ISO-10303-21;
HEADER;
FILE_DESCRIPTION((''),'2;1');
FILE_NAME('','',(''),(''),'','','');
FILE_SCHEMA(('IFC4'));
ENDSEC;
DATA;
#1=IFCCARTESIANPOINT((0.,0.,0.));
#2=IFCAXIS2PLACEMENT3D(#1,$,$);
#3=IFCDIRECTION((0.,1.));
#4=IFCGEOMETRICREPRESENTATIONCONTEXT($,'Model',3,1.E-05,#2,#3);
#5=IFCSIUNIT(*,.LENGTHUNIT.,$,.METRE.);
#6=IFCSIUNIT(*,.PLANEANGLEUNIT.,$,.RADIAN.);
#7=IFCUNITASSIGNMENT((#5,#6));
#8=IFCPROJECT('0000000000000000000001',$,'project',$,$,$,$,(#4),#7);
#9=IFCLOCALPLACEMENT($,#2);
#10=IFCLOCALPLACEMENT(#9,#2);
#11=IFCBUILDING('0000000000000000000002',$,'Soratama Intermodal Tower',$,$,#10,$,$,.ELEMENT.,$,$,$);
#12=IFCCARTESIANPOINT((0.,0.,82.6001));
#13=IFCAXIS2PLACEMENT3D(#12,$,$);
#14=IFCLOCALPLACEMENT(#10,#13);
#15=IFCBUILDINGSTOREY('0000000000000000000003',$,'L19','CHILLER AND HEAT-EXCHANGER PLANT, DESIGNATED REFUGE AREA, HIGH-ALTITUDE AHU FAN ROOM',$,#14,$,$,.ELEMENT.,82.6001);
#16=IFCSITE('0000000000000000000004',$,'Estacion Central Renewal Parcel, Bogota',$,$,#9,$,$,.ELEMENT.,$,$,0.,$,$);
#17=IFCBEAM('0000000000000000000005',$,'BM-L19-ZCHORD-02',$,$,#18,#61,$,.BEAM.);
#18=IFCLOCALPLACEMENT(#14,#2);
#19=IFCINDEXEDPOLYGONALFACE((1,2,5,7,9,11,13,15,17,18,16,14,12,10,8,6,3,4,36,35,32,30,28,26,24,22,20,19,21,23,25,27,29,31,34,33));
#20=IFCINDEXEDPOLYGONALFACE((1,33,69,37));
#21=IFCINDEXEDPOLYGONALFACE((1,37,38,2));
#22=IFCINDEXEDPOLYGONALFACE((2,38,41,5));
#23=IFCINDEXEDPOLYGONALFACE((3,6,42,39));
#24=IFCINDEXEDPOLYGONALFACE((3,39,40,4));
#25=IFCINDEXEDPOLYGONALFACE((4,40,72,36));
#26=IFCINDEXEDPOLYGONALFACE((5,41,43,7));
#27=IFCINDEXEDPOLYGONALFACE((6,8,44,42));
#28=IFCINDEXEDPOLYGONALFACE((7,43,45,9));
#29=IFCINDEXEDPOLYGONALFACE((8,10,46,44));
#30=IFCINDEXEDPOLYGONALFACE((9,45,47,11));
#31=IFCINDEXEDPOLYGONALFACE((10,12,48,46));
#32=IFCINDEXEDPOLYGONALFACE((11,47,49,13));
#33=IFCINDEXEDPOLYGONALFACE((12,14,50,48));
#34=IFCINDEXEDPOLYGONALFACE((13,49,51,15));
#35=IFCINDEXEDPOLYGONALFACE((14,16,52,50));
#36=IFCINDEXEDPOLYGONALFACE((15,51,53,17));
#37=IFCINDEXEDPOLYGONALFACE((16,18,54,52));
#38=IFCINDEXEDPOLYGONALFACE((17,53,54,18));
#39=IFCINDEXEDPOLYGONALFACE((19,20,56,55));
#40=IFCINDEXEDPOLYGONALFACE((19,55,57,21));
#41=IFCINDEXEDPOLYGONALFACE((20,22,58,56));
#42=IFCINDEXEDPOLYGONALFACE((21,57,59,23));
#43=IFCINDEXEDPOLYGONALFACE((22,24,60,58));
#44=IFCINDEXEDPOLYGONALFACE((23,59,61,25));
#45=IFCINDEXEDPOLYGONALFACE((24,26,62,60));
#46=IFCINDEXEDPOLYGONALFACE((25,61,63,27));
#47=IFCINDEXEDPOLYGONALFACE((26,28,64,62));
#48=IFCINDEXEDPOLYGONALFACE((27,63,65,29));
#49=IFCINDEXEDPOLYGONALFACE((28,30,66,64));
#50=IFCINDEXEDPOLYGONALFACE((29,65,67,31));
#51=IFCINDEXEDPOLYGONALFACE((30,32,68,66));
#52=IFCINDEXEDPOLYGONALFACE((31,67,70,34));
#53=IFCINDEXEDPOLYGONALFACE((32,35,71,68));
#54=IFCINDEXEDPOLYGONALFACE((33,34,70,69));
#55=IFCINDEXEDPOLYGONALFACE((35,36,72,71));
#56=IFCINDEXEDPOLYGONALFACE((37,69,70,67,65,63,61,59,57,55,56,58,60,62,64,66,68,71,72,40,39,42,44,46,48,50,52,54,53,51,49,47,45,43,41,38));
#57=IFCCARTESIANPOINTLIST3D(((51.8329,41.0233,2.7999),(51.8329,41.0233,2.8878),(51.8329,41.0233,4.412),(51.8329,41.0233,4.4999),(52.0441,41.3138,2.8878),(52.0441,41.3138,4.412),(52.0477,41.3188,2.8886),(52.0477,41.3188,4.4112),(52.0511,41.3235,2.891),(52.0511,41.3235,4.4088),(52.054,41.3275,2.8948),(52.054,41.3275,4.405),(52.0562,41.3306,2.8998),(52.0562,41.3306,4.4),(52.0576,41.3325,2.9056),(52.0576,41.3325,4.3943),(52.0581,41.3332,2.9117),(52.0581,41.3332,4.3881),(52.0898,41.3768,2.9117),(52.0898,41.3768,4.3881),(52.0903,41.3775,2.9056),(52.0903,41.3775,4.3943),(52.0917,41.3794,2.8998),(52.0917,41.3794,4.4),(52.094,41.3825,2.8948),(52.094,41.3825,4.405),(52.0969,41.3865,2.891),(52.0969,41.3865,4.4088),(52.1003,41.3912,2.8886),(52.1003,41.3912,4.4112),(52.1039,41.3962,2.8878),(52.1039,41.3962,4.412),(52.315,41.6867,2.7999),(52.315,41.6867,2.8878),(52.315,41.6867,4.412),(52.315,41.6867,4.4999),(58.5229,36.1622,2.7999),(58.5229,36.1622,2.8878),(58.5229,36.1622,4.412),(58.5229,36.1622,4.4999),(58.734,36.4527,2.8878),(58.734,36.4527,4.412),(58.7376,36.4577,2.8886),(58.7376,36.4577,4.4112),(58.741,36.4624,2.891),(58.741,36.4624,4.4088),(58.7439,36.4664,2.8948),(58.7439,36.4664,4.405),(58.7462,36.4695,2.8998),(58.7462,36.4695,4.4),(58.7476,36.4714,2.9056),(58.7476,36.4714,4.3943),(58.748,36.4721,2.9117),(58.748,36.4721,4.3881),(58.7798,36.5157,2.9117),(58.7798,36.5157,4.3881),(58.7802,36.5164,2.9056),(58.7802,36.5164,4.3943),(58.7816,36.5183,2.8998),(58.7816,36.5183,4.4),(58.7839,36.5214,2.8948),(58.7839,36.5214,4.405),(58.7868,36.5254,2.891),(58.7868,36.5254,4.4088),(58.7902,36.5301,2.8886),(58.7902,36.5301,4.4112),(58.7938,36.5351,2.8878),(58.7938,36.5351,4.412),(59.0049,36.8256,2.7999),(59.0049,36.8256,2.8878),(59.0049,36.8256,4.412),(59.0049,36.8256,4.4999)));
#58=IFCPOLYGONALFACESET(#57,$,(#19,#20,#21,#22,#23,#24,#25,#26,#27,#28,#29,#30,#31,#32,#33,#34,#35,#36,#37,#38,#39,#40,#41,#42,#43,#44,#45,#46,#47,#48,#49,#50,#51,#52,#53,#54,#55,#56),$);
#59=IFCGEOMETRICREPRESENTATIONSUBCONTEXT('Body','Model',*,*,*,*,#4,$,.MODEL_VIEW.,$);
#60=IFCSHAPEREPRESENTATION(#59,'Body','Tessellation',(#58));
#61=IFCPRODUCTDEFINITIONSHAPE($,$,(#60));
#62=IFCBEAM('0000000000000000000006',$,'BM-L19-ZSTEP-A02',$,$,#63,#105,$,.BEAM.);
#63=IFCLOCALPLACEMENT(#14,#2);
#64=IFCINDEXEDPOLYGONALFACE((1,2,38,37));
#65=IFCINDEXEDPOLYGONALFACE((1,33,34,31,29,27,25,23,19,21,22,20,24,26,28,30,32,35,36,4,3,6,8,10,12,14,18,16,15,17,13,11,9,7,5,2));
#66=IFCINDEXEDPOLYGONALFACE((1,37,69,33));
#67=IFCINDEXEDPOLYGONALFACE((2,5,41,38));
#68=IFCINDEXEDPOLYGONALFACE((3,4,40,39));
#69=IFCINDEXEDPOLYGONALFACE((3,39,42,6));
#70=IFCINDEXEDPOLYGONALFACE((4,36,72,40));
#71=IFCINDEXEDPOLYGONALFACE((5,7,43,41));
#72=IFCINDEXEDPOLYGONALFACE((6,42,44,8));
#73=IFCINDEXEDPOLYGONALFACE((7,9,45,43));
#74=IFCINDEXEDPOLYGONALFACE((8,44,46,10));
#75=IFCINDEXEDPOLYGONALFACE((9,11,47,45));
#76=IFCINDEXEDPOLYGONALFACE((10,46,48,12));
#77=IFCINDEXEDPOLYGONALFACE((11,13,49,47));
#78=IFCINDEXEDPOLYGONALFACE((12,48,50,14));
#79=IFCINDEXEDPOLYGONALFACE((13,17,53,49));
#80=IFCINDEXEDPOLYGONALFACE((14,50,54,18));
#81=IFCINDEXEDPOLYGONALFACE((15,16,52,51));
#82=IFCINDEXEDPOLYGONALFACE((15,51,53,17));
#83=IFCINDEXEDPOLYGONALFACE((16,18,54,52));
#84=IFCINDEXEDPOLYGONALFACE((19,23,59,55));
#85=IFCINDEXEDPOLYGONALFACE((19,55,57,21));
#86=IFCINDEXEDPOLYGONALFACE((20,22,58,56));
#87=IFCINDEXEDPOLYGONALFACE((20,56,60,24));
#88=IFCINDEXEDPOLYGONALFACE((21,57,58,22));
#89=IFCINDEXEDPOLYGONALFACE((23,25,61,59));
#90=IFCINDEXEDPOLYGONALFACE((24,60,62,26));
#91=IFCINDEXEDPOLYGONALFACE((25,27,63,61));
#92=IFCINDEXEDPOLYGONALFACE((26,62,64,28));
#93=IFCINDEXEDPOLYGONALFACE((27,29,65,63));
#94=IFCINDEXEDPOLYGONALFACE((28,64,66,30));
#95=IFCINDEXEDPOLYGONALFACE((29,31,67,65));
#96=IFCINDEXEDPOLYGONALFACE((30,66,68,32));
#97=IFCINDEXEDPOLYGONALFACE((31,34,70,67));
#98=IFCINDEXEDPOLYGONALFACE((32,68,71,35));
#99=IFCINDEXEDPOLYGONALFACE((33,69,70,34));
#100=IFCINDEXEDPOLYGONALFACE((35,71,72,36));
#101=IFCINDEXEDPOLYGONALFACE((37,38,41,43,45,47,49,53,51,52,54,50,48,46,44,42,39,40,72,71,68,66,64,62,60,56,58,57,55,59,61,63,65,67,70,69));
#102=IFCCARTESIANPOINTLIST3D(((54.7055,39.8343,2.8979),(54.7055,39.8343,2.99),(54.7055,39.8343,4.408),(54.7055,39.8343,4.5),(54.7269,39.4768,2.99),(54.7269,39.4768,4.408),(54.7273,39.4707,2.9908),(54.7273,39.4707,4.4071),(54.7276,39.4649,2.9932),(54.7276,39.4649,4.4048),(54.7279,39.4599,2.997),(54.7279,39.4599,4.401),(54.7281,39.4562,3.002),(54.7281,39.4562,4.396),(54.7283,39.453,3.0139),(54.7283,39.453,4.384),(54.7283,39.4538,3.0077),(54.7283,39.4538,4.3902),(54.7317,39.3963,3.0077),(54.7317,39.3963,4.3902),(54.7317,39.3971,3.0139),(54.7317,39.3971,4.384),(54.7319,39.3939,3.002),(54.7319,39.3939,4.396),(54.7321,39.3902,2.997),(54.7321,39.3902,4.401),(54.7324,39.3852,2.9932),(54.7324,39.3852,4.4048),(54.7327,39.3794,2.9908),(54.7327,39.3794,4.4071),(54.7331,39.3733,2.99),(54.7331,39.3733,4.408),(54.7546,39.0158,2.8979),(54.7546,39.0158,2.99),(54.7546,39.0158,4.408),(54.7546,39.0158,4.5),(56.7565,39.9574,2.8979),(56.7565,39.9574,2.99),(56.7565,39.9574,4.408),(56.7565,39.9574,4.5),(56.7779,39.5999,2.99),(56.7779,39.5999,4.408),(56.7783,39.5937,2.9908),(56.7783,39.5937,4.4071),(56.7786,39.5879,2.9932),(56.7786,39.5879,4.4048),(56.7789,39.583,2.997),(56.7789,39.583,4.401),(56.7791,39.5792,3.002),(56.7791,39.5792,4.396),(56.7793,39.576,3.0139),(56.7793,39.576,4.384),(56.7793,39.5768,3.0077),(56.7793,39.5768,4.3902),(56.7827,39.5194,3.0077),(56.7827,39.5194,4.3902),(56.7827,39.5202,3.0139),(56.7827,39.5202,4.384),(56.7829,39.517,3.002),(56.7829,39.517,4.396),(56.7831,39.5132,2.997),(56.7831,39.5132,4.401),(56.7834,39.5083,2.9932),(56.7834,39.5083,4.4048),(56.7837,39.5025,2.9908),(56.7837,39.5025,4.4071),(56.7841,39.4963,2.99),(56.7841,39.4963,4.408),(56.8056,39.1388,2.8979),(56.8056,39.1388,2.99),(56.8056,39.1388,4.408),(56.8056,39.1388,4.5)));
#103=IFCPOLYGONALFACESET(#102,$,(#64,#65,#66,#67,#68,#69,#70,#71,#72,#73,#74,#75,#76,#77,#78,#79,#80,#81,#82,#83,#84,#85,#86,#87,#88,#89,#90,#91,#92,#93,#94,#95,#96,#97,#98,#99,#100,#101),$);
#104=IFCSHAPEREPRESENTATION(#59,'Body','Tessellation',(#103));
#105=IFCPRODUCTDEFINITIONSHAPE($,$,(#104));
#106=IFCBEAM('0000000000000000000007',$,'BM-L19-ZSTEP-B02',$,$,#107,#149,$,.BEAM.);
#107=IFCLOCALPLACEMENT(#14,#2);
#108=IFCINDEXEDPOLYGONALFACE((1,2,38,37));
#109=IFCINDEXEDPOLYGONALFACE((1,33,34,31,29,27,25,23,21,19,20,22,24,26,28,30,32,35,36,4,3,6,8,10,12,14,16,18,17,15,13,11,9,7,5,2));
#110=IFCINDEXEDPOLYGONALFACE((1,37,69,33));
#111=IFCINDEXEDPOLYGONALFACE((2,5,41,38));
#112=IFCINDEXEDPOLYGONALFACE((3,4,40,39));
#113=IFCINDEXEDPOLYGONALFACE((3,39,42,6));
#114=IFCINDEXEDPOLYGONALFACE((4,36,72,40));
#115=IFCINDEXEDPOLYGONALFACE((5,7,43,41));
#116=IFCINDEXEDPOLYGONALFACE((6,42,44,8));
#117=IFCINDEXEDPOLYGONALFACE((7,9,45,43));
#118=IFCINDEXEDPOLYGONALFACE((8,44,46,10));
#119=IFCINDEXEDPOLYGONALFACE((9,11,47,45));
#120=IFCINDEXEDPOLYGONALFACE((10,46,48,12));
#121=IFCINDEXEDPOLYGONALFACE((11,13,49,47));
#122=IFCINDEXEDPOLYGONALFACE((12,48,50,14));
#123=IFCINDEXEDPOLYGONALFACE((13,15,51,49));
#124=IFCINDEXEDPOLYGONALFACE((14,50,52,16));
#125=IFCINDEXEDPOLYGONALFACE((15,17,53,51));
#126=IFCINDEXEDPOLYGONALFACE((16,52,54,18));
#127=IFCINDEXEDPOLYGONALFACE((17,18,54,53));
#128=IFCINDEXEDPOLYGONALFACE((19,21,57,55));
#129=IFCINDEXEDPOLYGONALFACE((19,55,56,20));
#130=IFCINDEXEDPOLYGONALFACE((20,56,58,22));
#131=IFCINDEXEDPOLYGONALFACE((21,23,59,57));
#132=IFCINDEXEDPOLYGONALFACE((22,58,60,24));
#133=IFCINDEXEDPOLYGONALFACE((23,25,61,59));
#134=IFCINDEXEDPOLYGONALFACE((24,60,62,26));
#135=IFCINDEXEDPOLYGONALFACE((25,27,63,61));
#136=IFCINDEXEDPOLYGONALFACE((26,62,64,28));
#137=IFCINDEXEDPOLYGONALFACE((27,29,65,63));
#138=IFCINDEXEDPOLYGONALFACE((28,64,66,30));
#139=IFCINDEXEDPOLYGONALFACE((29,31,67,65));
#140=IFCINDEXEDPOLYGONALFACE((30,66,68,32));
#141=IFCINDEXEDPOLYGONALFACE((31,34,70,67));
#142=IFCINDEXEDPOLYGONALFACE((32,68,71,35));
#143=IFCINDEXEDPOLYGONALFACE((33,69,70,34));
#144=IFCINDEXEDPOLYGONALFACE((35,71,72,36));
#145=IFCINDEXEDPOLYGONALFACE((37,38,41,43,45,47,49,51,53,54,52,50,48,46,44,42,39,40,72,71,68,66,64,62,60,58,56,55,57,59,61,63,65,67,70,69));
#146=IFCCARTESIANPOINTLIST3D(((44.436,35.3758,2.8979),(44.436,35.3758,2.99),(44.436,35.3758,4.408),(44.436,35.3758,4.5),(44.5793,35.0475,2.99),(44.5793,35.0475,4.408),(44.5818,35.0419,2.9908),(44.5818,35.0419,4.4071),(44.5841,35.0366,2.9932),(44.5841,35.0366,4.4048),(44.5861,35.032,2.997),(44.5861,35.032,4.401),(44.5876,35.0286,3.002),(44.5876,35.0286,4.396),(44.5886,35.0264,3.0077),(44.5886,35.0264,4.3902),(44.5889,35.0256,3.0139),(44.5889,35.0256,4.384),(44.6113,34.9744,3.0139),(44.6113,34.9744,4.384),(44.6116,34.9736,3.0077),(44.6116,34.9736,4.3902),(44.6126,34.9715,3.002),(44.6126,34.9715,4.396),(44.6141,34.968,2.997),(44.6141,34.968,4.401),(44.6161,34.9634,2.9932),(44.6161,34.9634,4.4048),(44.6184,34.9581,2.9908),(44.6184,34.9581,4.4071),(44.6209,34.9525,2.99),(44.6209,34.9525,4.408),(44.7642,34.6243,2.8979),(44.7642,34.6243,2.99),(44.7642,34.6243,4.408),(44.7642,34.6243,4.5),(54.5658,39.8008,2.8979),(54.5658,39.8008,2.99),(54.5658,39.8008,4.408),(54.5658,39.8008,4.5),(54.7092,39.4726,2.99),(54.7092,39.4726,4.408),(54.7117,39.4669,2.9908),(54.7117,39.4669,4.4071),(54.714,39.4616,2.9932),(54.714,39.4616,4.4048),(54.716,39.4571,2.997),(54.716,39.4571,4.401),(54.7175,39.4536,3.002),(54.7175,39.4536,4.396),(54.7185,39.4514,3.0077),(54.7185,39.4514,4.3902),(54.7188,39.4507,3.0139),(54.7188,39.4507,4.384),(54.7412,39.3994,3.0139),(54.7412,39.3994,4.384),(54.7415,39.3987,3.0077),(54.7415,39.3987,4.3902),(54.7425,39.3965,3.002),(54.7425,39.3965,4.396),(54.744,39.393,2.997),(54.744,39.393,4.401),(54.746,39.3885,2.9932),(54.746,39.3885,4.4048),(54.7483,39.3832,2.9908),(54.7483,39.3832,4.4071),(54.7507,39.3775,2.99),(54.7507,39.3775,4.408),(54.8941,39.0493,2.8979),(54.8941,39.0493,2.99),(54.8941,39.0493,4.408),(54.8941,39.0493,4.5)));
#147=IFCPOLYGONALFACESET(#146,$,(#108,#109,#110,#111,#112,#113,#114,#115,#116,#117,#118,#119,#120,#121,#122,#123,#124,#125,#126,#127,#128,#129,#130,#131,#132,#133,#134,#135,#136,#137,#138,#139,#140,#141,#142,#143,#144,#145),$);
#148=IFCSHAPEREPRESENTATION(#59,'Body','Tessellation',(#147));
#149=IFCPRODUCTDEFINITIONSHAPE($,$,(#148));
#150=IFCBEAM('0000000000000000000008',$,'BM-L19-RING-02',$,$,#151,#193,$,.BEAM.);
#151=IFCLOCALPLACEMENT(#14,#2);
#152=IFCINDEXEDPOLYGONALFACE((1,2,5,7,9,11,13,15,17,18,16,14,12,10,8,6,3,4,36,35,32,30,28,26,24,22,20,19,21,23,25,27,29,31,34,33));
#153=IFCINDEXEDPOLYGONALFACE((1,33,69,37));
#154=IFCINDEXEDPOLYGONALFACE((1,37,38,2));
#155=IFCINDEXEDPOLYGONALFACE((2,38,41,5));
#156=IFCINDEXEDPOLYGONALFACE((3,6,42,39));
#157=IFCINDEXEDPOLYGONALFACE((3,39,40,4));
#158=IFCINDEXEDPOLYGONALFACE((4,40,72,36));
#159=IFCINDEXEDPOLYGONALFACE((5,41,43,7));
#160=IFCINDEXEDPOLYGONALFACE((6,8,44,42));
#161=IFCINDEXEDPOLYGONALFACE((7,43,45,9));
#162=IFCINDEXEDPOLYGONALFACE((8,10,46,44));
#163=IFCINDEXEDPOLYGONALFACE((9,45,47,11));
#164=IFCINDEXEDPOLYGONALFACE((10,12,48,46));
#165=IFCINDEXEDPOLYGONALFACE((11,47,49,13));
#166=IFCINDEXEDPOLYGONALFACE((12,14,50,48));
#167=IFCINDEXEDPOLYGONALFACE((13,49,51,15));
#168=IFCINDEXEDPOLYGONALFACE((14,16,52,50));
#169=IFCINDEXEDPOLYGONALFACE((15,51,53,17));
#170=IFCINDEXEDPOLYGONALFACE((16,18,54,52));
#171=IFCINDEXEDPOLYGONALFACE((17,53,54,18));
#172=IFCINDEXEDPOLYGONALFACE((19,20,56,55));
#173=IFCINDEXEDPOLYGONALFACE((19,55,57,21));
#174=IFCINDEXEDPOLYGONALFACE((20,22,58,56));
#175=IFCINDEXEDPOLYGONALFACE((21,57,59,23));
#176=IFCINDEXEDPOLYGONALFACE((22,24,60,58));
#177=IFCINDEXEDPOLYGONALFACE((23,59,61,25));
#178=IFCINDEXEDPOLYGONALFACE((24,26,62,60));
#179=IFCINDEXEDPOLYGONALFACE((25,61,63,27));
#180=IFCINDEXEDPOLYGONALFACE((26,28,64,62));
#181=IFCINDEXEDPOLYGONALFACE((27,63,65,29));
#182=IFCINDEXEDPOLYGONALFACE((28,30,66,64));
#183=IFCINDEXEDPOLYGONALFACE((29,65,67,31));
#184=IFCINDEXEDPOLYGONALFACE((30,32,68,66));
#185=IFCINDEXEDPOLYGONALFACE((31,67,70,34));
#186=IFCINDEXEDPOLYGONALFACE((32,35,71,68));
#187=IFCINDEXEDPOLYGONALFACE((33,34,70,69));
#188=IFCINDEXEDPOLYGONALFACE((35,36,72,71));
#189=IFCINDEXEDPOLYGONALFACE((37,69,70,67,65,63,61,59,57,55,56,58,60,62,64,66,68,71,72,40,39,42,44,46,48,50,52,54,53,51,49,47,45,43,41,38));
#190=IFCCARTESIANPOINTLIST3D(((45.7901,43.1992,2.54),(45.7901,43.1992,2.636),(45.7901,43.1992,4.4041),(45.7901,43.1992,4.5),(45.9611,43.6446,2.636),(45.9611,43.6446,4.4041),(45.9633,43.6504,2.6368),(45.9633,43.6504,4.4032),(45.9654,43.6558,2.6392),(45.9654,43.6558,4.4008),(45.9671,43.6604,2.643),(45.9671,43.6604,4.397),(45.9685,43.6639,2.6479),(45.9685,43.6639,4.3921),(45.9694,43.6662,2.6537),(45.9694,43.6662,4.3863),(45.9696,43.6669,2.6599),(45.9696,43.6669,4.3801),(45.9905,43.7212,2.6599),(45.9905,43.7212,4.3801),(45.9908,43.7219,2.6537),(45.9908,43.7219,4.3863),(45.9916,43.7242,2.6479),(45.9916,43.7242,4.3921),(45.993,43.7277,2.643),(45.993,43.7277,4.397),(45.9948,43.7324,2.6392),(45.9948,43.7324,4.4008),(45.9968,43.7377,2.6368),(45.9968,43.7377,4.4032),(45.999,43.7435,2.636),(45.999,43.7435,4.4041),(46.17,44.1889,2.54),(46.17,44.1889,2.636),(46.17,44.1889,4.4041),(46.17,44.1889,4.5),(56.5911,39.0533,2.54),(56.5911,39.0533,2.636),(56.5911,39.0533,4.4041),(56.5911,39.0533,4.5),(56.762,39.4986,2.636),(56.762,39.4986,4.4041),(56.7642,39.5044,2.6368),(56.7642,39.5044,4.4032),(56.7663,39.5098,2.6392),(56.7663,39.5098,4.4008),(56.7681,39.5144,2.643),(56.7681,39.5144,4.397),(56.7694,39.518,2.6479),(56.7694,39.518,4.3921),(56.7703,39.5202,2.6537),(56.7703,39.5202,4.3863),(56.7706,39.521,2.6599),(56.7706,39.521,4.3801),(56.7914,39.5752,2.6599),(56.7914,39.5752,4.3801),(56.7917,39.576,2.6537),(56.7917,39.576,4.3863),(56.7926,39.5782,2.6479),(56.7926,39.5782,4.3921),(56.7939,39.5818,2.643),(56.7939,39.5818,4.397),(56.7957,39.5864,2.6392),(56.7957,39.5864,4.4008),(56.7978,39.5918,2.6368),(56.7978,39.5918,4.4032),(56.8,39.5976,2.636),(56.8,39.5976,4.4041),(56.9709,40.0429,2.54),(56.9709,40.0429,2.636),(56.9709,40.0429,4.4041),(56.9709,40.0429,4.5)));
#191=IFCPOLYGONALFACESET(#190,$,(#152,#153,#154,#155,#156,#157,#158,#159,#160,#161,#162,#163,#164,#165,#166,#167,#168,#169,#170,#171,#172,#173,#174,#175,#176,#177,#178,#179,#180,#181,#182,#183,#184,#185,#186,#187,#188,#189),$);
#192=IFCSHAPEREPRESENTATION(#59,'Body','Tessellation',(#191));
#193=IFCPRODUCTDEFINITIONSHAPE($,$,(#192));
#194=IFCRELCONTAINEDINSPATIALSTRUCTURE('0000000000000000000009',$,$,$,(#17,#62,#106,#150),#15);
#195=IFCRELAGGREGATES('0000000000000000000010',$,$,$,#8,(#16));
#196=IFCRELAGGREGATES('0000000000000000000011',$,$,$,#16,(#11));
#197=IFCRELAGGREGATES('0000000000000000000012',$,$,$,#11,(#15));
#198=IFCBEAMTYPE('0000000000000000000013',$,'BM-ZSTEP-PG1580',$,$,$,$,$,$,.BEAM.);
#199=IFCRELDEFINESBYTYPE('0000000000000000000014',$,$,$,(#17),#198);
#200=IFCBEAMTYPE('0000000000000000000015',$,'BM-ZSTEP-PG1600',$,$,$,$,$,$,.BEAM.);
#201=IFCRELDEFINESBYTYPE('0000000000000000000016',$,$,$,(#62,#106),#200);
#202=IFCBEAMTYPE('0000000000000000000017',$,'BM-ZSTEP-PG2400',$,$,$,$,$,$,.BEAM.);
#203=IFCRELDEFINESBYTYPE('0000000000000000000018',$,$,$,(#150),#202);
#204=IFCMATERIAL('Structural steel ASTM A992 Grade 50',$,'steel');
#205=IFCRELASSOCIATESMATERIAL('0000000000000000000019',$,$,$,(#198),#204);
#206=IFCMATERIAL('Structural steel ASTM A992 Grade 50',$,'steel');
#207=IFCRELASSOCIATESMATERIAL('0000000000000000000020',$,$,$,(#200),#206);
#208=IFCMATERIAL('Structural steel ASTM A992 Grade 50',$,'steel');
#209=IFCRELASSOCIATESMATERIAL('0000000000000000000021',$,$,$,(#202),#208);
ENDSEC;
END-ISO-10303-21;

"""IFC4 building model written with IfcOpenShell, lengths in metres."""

from ifc_helpers import new_model, si_unit, direction, frame, origin, origin_2d, place, context, subcontext, project, spatial, i_section, extrude, material, material_profile, profile_set, type_object, element, save


model = new_model("IFC4")

# Units and contexts
model_context = context("Model", 3, precision=1e-05, world=origin(), true_north=direction((0.0, 1.0)))
body_context = subcontext(model_context, "Body", "Model", "MODEL_VIEW")
ifc_project = project(units=[si_unit("LENGTHUNIT", "METRE"), si_unit("PLANEANGLEUNIT", "RADIAN")], contexts=[model_context])

# Site, building, storey
site_placement = place(None, origin())
site = spatial("IfcSite", under=ifc_project, at=site_placement, Name="Estacion Central Renewal Parcel, Bogota", CompositionType="ELEMENT", RefElevation=0.0)
building_placement = place(site_placement, origin())
building = spatial("IfcBuilding", under=site, at=building_placement, Name="Soratama Intermodal Tower", CompositionType="ELEMENT")
storey_placement = place(building_placement, frame((0.0, 0.0, 82.6001)))
storey = spatial("IfcBuildingStorey", under=building, at=storey_placement, Name="L19", Description="CHILLER AND HEAT-EXCHANGER PLANT, DESIGNATED REFUGE AREA, HIGH-ALTITUDE AHU FAN ROOM", CompositionType="ELEMENT", Elevation=82.6001)

# Beams
ifc_material_1 = material(Name="Structural steel ASTM A992 Grade 50", Category="steel")
ifc_material_profile_1 = material_profile(ifc_material_1, i_section(OverallWidth=0.8201, OverallDepth=1.7, WebThickness=0.054, FlangeThickness=0.0879, FilletRadius=0.0239, at=origin_2d()), Name="PG1580X800")
ifc_profile_set_1 = profile_set([ifc_material_profile_1], Name="Structural steel ASTM A992 Grade 50")
beam_type_1 = type_object("IfcBeamType", Name="BM-ZSTEP-PG1580", PredefinedType="BEAM", material=ifc_profile_set_1)
beam_1_placement = place(storey_placement, frame((52.074, 41.355, 3.6499), z_axis=(0.808985, -0.587829, 0.0), x_axis=(0.587829, 0.808985, 0.0)))
element("IfcBeam", 1, at=beam_1_placement, inside=storey, type_object=beam_type_1, Name="BM-L19-ZCHORD-02", PredefinedType="BEAM", context=body_context, shape_type="SweptSolid", body=[
    extrude(i_section(OverallWidth=0.8201, OverallDepth=1.7, WebThickness=0.054, FlangeThickness=0.0879, FilletRadius=0.0239, at=origin_2d()), origin(), (0.0, 0.0, 1.0), 8.2695),
])
ifc_material_2 = material(Name="Structural steel ASTM A992 Grade 50", Category="steel")
ifc_material_profile_2 = material_profile(ifc_material_2, i_section(OverallWidth=0.8201, OverallDepth=1.6021, WebThickness=0.0559, FlangeThickness=0.092, FilletRadius=0.0239, at=origin_2d()), Name="PG1600X650")
ifc_profile_set_2 = profile_set([ifc_material_profile_2], Name="Structural steel ASTM A992 Grade 50")
beam_type_2 = type_object("IfcBeamType", Name="BM-ZSTEP-PG1600", PredefinedType="BEAM", material=ifc_profile_set_2)
beam_2_placement = place(storey_placement, frame((56.781, 39.5481, 3.699), z_axis=(-0.998205, -0.059885, 0.0), x_axis=(0.059885, -0.998205, 0.0)))
element("IfcBeam", 2, at=beam_2_placement, inside=storey, type_object=beam_type_2, Name="BM-L19-ZSTEP-A02", PredefinedType="BEAM", context=body_context, shape_type="SweptSolid", body=[
    extrude(i_section(OverallWidth=0.8201, OverallDepth=1.6021, WebThickness=0.0559, FlangeThickness=0.092, FilletRadius=0.0239, at=origin_2d()), origin(), (0.0, 0.0, 1.0), 2.0547),
])
beam_3_placement = place(storey_placement, frame((54.73, 39.425, 3.699), z_axis=(-0.916382, -0.400304, 0.0), x_axis=(0.400304, -0.916382, 0.0)))
element("IfcBeam", 3, at=beam_3_placement, inside=storey, type_object=beam_type_2, Name="BM-L19-ZSTEP-B02", PredefinedType="BEAM", context=body_context, shape_type="SweptSolid", body=[
    extrude(i_section(OverallWidth=0.8201, OverallDepth=1.6021, WebThickness=0.0559, FlangeThickness=0.092, FilletRadius=0.0239, at=origin_2d()), origin(), (0.0, 0.0, 1.0), 11.0542),
])
ifc_material_3 = material(Name="Structural steel ASTM A992 Grade 50", Category="steel")
ifc_material_profile_3 = material_profile(ifc_material_3, i_section(OverallWidth=1.0601, OverallDepth=1.96, WebThickness=0.0581, FlangeThickness=0.0959, FilletRadius=0.0239, at=origin_2d()), Name="PG2400X900")
ifc_profile_set_3 = profile_set([ifc_material_profile_3], Name="Structural steel ASTM A992 Grade 50")
beam_type_3 = type_object("IfcBeamType", Name="BM-ZSTEP-PG2400", PredefinedType="BEAM", material=ifc_profile_set_3)
beam_4_placement = place(storey_placement, frame((56.781, 39.5481, 3.52), z_axis=(-0.933584, 0.358358, 0.0), x_axis=(-0.358358, -0.933584, 0.0)))
element("IfcBeam", 4, at=beam_4_placement, inside=storey, type_object=beam_type_3, Name="BM-L19-RING-02", PredefinedType="BEAM", context=body_context, shape_type="SweptSolid", body=[
    extrude(i_section(OverallWidth=1.0601, OverallDepth=1.96, WebThickness=0.0581, FlangeThickness=0.0959, FilletRadius=0.0239, at=origin_2d()), origin(), (0.0, 0.0, 1.0), 11.5693),
])

save(model, "model.ifc")
